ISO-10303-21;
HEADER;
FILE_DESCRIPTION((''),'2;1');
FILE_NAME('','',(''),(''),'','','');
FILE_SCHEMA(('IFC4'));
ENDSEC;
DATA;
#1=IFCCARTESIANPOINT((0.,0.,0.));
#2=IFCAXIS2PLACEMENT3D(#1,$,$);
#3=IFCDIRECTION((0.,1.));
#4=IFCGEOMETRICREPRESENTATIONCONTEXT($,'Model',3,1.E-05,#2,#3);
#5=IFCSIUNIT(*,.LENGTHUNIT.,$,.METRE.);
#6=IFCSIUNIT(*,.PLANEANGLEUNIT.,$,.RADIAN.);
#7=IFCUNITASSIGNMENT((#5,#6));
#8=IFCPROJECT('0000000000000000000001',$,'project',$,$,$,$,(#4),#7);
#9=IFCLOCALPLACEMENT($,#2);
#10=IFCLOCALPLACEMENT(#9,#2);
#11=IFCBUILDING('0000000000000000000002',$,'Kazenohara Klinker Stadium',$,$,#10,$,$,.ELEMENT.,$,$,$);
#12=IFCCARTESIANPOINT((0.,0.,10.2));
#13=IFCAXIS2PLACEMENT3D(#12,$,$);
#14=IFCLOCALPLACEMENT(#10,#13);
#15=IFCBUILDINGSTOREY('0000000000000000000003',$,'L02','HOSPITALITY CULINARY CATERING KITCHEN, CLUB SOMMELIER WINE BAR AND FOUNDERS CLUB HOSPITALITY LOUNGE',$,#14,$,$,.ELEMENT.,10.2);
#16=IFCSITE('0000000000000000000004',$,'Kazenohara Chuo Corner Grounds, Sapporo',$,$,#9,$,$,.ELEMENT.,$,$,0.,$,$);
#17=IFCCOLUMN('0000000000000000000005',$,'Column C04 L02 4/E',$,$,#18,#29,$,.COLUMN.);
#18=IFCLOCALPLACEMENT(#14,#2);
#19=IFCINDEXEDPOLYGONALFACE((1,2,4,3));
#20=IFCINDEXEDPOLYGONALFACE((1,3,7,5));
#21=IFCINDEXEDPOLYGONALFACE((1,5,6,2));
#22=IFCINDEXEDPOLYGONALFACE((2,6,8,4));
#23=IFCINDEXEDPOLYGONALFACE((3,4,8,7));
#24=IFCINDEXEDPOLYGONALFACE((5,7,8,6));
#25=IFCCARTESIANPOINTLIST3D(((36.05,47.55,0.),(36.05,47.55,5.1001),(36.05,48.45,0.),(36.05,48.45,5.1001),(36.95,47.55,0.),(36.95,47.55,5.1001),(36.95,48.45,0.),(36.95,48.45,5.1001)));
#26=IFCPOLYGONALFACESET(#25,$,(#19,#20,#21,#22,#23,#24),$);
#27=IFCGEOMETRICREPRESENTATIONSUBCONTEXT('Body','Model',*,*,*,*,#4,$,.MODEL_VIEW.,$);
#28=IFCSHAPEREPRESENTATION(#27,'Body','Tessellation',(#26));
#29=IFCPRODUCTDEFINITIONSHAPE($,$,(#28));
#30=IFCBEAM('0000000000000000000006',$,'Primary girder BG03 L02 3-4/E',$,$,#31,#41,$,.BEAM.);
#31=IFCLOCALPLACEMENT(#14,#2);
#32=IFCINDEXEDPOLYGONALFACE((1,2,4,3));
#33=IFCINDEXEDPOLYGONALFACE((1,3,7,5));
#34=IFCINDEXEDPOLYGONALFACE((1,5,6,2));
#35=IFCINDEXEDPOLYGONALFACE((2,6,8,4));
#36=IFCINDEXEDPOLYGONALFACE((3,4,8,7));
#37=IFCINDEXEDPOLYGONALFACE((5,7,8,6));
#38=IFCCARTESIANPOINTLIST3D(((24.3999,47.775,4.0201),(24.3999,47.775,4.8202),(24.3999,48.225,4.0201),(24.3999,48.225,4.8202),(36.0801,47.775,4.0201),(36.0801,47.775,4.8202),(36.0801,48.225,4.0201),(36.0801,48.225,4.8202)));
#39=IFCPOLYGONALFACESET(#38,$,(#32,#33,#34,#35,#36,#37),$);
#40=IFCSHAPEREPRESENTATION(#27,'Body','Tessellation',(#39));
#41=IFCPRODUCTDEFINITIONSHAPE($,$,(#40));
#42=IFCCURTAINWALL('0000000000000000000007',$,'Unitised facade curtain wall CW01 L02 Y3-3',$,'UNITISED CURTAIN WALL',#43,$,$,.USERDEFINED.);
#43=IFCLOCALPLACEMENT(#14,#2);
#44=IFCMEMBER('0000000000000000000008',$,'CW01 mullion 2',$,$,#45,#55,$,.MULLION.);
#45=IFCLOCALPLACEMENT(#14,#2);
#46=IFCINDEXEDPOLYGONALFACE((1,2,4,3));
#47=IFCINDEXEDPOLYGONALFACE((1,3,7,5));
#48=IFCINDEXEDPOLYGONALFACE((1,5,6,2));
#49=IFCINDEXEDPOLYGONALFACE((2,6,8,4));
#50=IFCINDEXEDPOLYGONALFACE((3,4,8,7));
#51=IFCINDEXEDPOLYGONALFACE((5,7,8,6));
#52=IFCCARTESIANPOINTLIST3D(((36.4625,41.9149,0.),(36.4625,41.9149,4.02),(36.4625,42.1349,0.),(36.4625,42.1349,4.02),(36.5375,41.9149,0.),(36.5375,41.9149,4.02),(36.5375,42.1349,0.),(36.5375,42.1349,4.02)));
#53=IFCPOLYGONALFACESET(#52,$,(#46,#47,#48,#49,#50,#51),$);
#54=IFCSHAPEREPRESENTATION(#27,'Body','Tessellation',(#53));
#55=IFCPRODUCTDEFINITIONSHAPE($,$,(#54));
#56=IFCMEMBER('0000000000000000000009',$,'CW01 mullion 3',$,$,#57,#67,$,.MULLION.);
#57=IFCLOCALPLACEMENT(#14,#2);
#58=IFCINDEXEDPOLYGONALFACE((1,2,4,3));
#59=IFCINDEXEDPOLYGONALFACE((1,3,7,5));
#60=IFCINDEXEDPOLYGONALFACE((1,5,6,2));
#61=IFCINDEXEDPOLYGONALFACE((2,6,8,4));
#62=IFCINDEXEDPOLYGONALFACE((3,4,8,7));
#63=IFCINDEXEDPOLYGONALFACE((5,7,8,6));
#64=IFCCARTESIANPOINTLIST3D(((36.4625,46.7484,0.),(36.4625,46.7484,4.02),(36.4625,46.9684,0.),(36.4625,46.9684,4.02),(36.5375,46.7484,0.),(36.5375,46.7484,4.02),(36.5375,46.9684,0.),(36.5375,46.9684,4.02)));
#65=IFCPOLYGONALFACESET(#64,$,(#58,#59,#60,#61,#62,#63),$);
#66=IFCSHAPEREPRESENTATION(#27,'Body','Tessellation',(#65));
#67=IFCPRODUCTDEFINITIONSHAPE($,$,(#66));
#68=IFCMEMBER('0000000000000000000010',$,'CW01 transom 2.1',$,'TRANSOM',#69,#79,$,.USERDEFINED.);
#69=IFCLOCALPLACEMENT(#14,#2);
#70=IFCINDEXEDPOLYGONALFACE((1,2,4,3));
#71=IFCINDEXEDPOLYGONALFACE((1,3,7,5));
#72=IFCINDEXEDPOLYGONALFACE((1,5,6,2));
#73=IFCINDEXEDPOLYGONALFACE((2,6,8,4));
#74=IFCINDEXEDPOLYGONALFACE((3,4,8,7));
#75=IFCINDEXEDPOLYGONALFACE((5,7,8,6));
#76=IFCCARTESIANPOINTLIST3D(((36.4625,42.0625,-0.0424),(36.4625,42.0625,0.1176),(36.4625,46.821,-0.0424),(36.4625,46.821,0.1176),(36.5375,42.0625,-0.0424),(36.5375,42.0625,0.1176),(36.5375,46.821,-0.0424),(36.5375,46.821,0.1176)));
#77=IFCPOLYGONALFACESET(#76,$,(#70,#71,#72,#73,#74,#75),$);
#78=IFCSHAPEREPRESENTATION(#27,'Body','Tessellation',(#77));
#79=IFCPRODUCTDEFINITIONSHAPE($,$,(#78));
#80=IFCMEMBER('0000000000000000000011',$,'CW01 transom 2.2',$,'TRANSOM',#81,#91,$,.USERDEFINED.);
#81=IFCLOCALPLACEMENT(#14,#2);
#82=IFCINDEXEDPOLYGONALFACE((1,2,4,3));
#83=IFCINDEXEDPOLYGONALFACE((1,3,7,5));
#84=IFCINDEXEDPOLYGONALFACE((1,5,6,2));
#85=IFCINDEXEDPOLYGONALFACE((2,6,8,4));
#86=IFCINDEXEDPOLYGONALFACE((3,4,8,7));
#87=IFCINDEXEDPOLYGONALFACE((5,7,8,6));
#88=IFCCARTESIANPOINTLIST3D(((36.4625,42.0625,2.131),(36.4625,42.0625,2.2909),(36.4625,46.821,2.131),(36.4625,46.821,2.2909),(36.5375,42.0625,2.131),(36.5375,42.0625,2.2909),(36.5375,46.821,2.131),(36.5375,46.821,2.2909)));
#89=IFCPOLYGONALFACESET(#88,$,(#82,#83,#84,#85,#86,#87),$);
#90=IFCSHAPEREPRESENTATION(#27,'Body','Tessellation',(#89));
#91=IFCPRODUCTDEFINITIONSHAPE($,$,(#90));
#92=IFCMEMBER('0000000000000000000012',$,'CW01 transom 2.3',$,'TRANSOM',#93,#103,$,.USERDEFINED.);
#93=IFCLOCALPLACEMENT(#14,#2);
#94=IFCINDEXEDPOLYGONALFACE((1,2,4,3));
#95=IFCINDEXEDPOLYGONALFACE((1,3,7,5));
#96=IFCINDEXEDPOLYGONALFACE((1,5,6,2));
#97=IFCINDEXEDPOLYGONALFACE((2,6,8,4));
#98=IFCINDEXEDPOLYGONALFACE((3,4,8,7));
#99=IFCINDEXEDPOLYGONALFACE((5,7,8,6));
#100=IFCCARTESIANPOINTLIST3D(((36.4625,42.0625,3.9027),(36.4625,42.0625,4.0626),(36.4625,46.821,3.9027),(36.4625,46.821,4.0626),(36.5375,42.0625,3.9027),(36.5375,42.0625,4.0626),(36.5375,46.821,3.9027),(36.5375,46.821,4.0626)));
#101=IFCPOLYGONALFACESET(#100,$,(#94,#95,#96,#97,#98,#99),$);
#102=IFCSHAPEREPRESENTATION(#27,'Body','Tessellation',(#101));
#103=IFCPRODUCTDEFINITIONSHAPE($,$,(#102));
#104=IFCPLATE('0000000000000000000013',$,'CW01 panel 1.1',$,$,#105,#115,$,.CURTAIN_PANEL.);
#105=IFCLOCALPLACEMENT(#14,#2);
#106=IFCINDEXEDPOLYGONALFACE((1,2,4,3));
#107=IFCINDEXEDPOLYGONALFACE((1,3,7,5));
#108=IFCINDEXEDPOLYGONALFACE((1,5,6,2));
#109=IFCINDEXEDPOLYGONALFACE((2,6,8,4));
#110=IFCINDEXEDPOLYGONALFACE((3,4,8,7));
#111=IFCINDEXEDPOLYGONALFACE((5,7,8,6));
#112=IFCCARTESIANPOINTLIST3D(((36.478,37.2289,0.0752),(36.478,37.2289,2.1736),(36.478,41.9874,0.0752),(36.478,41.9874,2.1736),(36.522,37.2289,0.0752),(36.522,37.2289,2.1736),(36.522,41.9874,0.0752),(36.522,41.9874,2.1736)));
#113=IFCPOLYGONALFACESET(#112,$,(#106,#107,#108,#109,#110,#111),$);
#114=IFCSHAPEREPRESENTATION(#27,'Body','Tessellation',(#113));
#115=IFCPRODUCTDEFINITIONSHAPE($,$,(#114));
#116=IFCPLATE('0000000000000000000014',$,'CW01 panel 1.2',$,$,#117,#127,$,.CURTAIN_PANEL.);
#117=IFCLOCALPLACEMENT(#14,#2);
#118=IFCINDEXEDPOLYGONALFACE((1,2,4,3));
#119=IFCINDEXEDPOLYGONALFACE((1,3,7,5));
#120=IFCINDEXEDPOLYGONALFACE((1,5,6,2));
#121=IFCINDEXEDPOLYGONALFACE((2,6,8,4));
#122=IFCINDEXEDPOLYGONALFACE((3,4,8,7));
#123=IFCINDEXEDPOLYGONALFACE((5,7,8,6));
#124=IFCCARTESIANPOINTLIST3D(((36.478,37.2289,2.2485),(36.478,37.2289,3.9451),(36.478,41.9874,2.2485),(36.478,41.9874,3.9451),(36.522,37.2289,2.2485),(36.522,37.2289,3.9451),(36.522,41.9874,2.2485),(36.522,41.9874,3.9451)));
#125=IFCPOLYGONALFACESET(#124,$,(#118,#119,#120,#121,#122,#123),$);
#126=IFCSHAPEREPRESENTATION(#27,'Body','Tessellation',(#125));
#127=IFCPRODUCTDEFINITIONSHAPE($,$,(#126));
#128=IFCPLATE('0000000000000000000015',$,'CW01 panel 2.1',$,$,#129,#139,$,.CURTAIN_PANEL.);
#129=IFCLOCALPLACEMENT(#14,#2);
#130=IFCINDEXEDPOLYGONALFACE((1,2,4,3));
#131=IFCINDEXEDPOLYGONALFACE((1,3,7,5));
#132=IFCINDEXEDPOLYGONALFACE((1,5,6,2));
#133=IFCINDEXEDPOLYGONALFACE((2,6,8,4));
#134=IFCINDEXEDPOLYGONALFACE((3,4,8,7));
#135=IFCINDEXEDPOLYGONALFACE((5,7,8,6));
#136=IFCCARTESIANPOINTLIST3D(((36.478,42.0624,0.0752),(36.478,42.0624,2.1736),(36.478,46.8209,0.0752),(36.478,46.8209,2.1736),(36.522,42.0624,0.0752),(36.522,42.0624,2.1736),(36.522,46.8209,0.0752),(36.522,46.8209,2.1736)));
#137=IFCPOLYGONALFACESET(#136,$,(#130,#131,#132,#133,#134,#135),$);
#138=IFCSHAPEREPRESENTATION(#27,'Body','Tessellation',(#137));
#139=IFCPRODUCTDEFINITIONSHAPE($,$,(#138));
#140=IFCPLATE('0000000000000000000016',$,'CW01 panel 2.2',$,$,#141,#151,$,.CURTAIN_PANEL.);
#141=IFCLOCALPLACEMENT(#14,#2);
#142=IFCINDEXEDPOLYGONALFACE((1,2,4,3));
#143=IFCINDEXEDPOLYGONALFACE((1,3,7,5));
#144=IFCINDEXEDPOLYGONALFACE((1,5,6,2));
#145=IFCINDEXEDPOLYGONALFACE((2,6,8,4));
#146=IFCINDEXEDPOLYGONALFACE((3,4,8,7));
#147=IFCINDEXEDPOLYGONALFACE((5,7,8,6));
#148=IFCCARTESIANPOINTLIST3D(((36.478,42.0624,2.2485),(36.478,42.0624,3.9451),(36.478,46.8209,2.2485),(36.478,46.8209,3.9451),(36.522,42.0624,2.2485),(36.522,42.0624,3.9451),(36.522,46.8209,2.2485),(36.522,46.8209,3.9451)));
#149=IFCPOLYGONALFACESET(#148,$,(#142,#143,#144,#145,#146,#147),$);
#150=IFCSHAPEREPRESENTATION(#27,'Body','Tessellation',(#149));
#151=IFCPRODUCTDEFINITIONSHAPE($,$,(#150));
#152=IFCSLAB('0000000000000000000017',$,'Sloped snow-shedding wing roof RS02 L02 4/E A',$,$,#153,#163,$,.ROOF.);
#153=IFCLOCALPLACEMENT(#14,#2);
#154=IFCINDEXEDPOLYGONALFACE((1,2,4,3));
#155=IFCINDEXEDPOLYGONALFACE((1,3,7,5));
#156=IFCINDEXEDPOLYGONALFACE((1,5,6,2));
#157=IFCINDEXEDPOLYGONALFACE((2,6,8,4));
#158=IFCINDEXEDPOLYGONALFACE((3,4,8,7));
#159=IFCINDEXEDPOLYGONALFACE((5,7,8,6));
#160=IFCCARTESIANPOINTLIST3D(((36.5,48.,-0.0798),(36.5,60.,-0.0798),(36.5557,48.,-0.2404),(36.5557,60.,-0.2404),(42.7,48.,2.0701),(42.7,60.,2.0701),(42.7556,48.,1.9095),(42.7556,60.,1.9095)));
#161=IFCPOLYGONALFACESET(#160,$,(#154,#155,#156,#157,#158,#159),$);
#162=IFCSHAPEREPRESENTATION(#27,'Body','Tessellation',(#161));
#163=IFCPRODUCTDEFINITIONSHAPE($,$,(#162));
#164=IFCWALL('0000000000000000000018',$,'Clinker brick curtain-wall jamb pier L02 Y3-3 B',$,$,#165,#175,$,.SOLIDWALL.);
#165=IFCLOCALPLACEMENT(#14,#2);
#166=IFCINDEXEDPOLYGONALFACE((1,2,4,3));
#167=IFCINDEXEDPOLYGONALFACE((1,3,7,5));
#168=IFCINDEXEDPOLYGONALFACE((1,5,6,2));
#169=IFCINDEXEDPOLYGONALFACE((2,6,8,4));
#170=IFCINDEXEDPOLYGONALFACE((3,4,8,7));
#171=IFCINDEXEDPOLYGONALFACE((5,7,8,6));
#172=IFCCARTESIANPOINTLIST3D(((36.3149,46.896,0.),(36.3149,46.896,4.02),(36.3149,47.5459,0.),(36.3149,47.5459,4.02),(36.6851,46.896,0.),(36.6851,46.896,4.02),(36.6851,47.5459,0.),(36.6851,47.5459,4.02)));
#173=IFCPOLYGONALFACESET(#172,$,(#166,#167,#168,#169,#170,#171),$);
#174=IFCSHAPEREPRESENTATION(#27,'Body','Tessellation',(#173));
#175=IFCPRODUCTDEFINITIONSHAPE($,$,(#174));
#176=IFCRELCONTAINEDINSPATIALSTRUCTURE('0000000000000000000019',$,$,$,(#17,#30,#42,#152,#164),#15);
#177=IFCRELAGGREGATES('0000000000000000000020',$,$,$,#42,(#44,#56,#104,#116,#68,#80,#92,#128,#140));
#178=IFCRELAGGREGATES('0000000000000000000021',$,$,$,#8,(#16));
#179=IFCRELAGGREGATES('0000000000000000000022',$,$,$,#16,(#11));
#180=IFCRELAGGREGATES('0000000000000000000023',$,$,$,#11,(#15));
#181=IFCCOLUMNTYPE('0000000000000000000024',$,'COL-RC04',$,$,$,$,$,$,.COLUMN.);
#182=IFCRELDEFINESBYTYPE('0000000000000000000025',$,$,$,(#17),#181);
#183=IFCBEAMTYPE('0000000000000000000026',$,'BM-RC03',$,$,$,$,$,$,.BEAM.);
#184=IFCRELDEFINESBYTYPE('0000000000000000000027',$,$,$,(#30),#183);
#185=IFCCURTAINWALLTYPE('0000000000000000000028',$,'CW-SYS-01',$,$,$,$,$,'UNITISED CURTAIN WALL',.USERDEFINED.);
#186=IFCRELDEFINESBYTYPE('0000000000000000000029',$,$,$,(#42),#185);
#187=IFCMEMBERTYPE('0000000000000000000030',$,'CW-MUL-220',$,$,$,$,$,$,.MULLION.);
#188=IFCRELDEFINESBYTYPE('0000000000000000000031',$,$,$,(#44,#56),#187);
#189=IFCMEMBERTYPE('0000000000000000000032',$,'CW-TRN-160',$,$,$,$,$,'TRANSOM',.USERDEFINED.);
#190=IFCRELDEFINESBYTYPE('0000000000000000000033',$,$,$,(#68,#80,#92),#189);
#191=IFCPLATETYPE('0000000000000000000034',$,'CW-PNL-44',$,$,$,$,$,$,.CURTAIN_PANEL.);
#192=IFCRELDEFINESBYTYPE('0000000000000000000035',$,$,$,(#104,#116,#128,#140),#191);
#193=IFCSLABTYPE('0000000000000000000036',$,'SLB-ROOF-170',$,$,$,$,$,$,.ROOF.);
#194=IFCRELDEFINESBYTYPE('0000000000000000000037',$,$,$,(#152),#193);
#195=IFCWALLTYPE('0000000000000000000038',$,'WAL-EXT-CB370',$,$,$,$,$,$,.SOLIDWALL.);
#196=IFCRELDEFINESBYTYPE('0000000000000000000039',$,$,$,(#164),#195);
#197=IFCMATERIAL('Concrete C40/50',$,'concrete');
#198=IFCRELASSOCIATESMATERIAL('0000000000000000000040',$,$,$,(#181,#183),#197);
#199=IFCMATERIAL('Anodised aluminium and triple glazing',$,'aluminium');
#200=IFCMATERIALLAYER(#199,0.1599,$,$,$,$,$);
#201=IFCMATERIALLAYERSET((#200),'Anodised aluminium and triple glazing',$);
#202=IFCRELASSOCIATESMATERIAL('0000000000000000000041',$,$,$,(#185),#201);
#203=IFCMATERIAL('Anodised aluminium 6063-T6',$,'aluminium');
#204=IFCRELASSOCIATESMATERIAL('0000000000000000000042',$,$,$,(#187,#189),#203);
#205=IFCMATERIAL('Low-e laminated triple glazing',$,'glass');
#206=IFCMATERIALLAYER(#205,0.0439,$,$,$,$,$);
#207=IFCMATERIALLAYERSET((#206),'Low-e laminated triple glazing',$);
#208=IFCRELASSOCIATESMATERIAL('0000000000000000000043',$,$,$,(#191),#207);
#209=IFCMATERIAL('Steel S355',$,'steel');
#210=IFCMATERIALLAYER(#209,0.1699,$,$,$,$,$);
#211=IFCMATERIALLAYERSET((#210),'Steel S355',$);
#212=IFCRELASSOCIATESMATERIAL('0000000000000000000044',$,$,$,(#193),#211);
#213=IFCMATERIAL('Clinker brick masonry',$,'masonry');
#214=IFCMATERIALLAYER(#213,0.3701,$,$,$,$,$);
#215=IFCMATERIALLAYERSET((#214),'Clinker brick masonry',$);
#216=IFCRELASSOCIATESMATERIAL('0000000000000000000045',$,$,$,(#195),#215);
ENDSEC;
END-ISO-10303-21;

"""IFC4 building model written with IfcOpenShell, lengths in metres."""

from ifc_helpers import new_model, si_unit, direction, frame, frame_2d, origin, origin_2d, place, context, subcontext, project, spatial, polyline, rectangle, outline, extrude, material, layer, layer_set, material_profile, profile_set, type_object, element, aggregate, save


model = new_model("IFC4")

# Units and contexts
model_context = context("Model", 3, precision=1e-05, world=origin(), true_north=direction((0.0, 1.0)))
body_context = subcontext(model_context, "Body", "Model", "MODEL_VIEW")
ifc_project = project(units=[si_unit("LENGTHUNIT", "METRE"), si_unit("PLANEANGLEUNIT", "RADIAN")], contexts=[model_context])

# Site, building, storey
site_placement = place(None, origin())
site = spatial("IfcSite", under=ifc_project, at=site_placement, Name="Kazenohara Chuo Corner Grounds, Sapporo", CompositionType="ELEMENT", RefElevation=0.0)
building_placement = place(site_placement, origin())
building = spatial("IfcBuilding", under=site, at=building_placement, Name="Kazenohara Klinker Stadium", CompositionType="ELEMENT")
storey_placement = place(building_placement, frame((0.0, 0.0, 10.2)))
storey = spatial("IfcBuildingStorey", under=building, at=storey_placement, Name="L02", Description="HOSPITALITY CULINARY CATERING KITCHEN, CLUB SOMMELIER WINE BAR AND FOUNDERS CLUB HOSPITALITY LOUNGE", CompositionType="ELEMENT", Elevation=10.2)

# Column
ifc_material_1 = material(Name="Concrete C40/50", Category="concrete")
ifc_material_profile_1 = material_profile(ifc_material_1, rectangle(XDim=0.8999, YDim=0.8999, at=origin_2d()), Name="RC-COL-900x900")
ifc_profile_set_1 = profile_set([ifc_material_profile_1], Name="Concrete C40/50")
column_type = type_object("IfcColumnType", Name="COL-RC04", PredefinedType="COLUMN", material=ifc_profile_set_1)
column_placement = place(storey_placement, frame((36.5, 48.0, 0.0), z_axis=(0.0, 0.0, 1.0), x_axis=(1.0, 0.0, 0.0)))
element("IfcColumn", 1, at=column_placement, inside=storey, type_object=column_type, Name="Column C04 L02 4/E", PredefinedType="COLUMN", context=body_context, shape_type="SweptSolid", body=[
    extrude(rectangle(XDim=0.8999, YDim=0.8999, at=origin_2d()), origin(), (0.0, 0.0, 1.0), 5.1001),
])

# Beam
ifc_material_profile_2 = material_profile(ifc_material_1, rectangle(XDim=0.45, YDim=0.8, at=origin_2d()), Name="RC-BM-450x800")
ifc_profile_set_2 = profile_set([ifc_material_profile_2], Name="Concrete C40/50")
beam_type = type_object("IfcBeamType", Name="BM-RC03", PredefinedType="BEAM", material=ifc_profile_set_2)
beam_placement = place(storey_placement, frame((24.3999, 48.0, 4.4202), z_axis=(1.0, 0.0, 0.0), x_axis=(0.0, 1.0, 0.0)))
element("IfcBeam", 2, at=beam_placement, inside=storey, type_object=beam_type, Name="Primary girder BG03 L02 3-4/E", PredefinedType="BEAM", context=body_context, shape_type="SweptSolid", body=[
    extrude(rectangle(XDim=0.45, YDim=0.8, at=origin_2d()), origin(), (0.0, 0.0, 1.0), 11.6802),
])

# Curtain wall, members, plates
ifc_material_2 = material(Name="Anodised aluminium and triple glazing", Category="aluminium")
ifc_layer_1 = layer(ifc_material_2, 0.1599)
ifc_layer_set_1 = layer_set([ifc_layer_1], Name="Anodised aluminium and triple glazing")
curtain_wall_type = type_object("IfcCurtainWallType", Name="CW-SYS-01", ElementType="UNITISED CURTAIN WALL", PredefinedType="USERDEFINED", material=ifc_layer_set_1)
curtain_wall_placement = place(storey_placement, origin())
curtain_wall = element("IfcCurtainWall", 3, at=curtain_wall_placement, inside=storey, type_object=curtain_wall_type, Name="Unitised facade curtain wall CW01 L02 Y3-3", ObjectType="UNITISED CURTAIN WALL", PredefinedType="USERDEFINED")
ifc_material_3 = material(Name="Anodised aluminium 6063-T6", Category="aluminium")
ifc_material_profile_3 = material_profile(ifc_material_3, rectangle(XDim=0.075, YDim=0.22, at=origin_2d()), Name="ALU-MUL-75x220")
ifc_profile_set_3 = profile_set([ifc_material_profile_3], Name="Anodised aluminium 6063-T6")
member_type_1 = type_object("IfcMemberType", Name="CW-MUL-220", PredefinedType="MULLION", material=ifc_profile_set_3)
member_1_placement = place(storey_placement, frame((36.5, 42.0249, 0.0), z_axis=(0.0, 0.0, 1.0), x_axis=(-1.0, 0.0, 0.0)))
member_1 = element("IfcMember", 4, at=member_1_placement, type_object=member_type_1, Name="CW01 mullion 2", PredefinedType="MULLION", context=body_context, shape_type="SweptSolid", body=[
    extrude(rectangle(XDim=0.075, YDim=0.22, at=origin_2d()), origin(), (0.0, 0.0, 1.0), 4.02),
])
member_2_placement = place(storey_placement, frame((36.5, 46.8584, 0.0), z_axis=(0.0, 0.0, 1.0), x_axis=(-1.0, 0.0, 0.0)))
member_2 = element("IfcMember", 5, at=member_2_placement, type_object=member_type_1, Name="CW01 mullion 3", PredefinedType="MULLION", context=body_context, shape_type="SweptSolid", body=[
    extrude(rectangle(XDim=0.075, YDim=0.22, at=origin_2d()), origin(), (0.0, 0.0, 1.0), 4.02),
])
ifc_material_profile_4 = material_profile(ifc_material_3, rectangle(XDim=0.075, YDim=0.1599, at=origin_2d()), Name="ALU-TRN-75x160")
ifc_profile_set_4 = profile_set([ifc_material_profile_4], Name="Anodised aluminium 6063-T6")
member_type_2 = type_object("IfcMemberType", Name="CW-TRN-160", ElementType="TRANSOM", PredefinedType="USERDEFINED", material=ifc_profile_set_4)
member_3_placement = place(storey_placement, frame((36.5, 42.0625, 0.0376), z_axis=(0.0, 1.0, 0.0), x_axis=(-1.0, 0.0, 0.0)))
member_3 = element("IfcMember", 6, at=member_3_placement, type_object=member_type_2, Name="CW01 transom 2.1", ObjectType="TRANSOM", PredefinedType="USERDEFINED", context=body_context, shape_type="SweptSolid", body=[
    extrude(rectangle(XDim=0.075, YDim=0.1599, at=origin_2d()), origin(), (0.0, 0.0, 1.0), 4.7585),
])
member_4_placement = place(storey_placement, frame((36.5, 42.0625, 2.2109), z_axis=(0.0, 1.0, 0.0), x_axis=(-1.0, 0.0, 0.0)))
member_4 = element("IfcMember", 7, at=member_4_placement, type_object=member_type_2, Name="CW01 transom 2.2", ObjectType="TRANSOM", PredefinedType="USERDEFINED", context=body_context, shape_type="SweptSolid", body=[
    extrude(rectangle(XDim=0.075, YDim=0.1599, at=origin_2d()), origin(), (0.0, 0.0, 1.0), 4.7585),
])
member_5_placement = place(storey_placement, frame((36.5, 42.0625, 3.9827), z_axis=(0.0, 1.0, 0.0), x_axis=(-1.0, 0.0, 0.0)))
member_5 = element("IfcMember", 8, at=member_5_placement, type_object=member_type_2, Name="CW01 transom 2.3", ObjectType="TRANSOM", PredefinedType="USERDEFINED", context=body_context, shape_type="SweptSolid", body=[
    extrude(rectangle(XDim=0.075, YDim=0.1599, at=origin_2d()), origin(), (0.0, 0.0, 1.0), 4.7585),
])
ifc_material_4 = material(Name="Low-e laminated triple glazing", Category="glass")
ifc_layer_2 = layer(ifc_material_4, 0.0439)
ifc_layer_set_2 = layer_set([ifc_layer_2], Name="Low-e laminated triple glazing")
plate_type = type_object("IfcPlateType", Name="CW-PNL-44", PredefinedType="CURTAIN_PANEL", material=ifc_layer_set_2)
plate_1_placement = place(storey_placement, frame((36.5, 39.6082, 0.0752), z_axis=(0.0, 0.0, 1.0), x_axis=(0.0, 1.0, 0.0)))
plate_1 = element("IfcPlate", 9, at=plate_1_placement, type_object=plate_type, Name="CW01 panel 1.1", PredefinedType="CURTAIN_PANEL", context=body_context, shape_type="SweptSolid", body=[
    extrude(rectangle(XDim=4.7585, YDim=0.0439, at=origin_2d()), origin(), (0.0, 0.0, 1.0), 2.0984),
])
plate_2_placement = place(storey_placement, frame((36.5, 39.6082, 2.2485), z_axis=(0.0, 0.0, 1.0), x_axis=(0.0, 1.0, 0.0)))
plate_2 = element("IfcPlate", 10, at=plate_2_placement, type_object=plate_type, Name="CW01 panel 1.2", PredefinedType="CURTAIN_PANEL", context=body_context, shape_type="SweptSolid", body=[
    extrude(rectangle(XDim=4.7585, YDim=0.0439, at=origin_2d()), origin(), (0.0, 0.0, 1.0), 1.6965),
])
plate_3_placement = place(storey_placement, frame((36.5, 44.4417, 0.0752), z_axis=(0.0, 0.0, 1.0), x_axis=(0.0, 1.0, 0.0)))
plate_3 = element("IfcPlate", 11, at=plate_3_placement, type_object=plate_type, Name="CW01 panel 2.1", PredefinedType="CURTAIN_PANEL", context=body_context, shape_type="SweptSolid", body=[
    extrude(rectangle(XDim=4.7585, YDim=0.0439, at=origin_2d()), origin(), (0.0, 0.0, 1.0), 2.0984),
])
plate_4_placement = place(storey_placement, frame((36.5, 44.4417, 2.2485), z_axis=(0.0, 0.0, 1.0), x_axis=(0.0, 1.0, 0.0)))
plate_4 = element("IfcPlate", 12, at=plate_4_placement, type_object=plate_type, Name="CW01 panel 2.2", PredefinedType="CURTAIN_PANEL", context=body_context, shape_type="SweptSolid", body=[
    extrude(rectangle(XDim=4.7585, YDim=0.0439, at=origin_2d()), origin(), (0.0, 0.0, 1.0), 1.6965),
])
aggregate(curtain_wall, [member_1, member_2, plate_1, plate_2, member_3, member_4, member_5, plate_3, plate_4])

# Slab
ifc_material_5 = material(Name="Steel S355", Category="steel")
ifc_layer_3 = layer(ifc_material_5, 0.1699)
ifc_layer_set_3 = layer_set([ifc_layer_3], Name="Steel S355")
slab_type = type_object("IfcSlabType", Name="SLB-ROOF-170", PredefinedType="ROOF", material=ifc_layer_set_3)
slab_placement = place(storey_placement, frame((36.5, 48.0, -0.0798), z_axis=(-0.327623, 0.0, 0.944809), x_axis=(0.944809, 0.0, 0.327623)))
element("IfcSlab", 13, at=slab_placement, inside=storey, type_object=slab_type, Name="Sloped snow-shedding wing roof RS02 L02 4/E A", PredefinedType="ROOF", context=body_context, shape_type="SweptSolid", body=[
    extrude(outline(polyline([(0.0, 0.0), (6.5621, 0.0), (6.5621, 12.0), (0.0, 12.0), (0.0, 0.0)])), origin(), (0.0, 0.0, -1.0), 0.1699),
])

# Wall
ifc_material_6 = material(Name="Clinker brick masonry", Category="masonry")
ifc_layer_4 = layer(ifc_material_6, 0.3701)
ifc_layer_set_4 = layer_set([ifc_layer_4], Name="Clinker brick masonry")
wall_type_1 = type_object("IfcWallType", Name="WAL-EXT-CB370", PredefinedType="SOLIDWALL", material=ifc_layer_set_4)
wall_1_placement = place(storey_placement, frame((36.5, 46.896, 0.0), z_axis=(0.0, 0.0, 1.0), x_axis=(0.0, 1.0, 0.0)))
element("IfcWall", 14, at=wall_1_placement, inside=storey, type_object=wall_type_1, Name="Clinker brick curtain-wall jamb pier L02 Y3-3 B", PredefinedType="SOLIDWALL", context=body_context, shape_type="SweptSolid", body=[
    extrude(rectangle(XDim=0.6499, YDim=0.3701, at=frame_2d((0.325, 0.0))), origin(), (0.0, 0.0, 1.0), 4.02),
])

save(model, "model.ifc")
